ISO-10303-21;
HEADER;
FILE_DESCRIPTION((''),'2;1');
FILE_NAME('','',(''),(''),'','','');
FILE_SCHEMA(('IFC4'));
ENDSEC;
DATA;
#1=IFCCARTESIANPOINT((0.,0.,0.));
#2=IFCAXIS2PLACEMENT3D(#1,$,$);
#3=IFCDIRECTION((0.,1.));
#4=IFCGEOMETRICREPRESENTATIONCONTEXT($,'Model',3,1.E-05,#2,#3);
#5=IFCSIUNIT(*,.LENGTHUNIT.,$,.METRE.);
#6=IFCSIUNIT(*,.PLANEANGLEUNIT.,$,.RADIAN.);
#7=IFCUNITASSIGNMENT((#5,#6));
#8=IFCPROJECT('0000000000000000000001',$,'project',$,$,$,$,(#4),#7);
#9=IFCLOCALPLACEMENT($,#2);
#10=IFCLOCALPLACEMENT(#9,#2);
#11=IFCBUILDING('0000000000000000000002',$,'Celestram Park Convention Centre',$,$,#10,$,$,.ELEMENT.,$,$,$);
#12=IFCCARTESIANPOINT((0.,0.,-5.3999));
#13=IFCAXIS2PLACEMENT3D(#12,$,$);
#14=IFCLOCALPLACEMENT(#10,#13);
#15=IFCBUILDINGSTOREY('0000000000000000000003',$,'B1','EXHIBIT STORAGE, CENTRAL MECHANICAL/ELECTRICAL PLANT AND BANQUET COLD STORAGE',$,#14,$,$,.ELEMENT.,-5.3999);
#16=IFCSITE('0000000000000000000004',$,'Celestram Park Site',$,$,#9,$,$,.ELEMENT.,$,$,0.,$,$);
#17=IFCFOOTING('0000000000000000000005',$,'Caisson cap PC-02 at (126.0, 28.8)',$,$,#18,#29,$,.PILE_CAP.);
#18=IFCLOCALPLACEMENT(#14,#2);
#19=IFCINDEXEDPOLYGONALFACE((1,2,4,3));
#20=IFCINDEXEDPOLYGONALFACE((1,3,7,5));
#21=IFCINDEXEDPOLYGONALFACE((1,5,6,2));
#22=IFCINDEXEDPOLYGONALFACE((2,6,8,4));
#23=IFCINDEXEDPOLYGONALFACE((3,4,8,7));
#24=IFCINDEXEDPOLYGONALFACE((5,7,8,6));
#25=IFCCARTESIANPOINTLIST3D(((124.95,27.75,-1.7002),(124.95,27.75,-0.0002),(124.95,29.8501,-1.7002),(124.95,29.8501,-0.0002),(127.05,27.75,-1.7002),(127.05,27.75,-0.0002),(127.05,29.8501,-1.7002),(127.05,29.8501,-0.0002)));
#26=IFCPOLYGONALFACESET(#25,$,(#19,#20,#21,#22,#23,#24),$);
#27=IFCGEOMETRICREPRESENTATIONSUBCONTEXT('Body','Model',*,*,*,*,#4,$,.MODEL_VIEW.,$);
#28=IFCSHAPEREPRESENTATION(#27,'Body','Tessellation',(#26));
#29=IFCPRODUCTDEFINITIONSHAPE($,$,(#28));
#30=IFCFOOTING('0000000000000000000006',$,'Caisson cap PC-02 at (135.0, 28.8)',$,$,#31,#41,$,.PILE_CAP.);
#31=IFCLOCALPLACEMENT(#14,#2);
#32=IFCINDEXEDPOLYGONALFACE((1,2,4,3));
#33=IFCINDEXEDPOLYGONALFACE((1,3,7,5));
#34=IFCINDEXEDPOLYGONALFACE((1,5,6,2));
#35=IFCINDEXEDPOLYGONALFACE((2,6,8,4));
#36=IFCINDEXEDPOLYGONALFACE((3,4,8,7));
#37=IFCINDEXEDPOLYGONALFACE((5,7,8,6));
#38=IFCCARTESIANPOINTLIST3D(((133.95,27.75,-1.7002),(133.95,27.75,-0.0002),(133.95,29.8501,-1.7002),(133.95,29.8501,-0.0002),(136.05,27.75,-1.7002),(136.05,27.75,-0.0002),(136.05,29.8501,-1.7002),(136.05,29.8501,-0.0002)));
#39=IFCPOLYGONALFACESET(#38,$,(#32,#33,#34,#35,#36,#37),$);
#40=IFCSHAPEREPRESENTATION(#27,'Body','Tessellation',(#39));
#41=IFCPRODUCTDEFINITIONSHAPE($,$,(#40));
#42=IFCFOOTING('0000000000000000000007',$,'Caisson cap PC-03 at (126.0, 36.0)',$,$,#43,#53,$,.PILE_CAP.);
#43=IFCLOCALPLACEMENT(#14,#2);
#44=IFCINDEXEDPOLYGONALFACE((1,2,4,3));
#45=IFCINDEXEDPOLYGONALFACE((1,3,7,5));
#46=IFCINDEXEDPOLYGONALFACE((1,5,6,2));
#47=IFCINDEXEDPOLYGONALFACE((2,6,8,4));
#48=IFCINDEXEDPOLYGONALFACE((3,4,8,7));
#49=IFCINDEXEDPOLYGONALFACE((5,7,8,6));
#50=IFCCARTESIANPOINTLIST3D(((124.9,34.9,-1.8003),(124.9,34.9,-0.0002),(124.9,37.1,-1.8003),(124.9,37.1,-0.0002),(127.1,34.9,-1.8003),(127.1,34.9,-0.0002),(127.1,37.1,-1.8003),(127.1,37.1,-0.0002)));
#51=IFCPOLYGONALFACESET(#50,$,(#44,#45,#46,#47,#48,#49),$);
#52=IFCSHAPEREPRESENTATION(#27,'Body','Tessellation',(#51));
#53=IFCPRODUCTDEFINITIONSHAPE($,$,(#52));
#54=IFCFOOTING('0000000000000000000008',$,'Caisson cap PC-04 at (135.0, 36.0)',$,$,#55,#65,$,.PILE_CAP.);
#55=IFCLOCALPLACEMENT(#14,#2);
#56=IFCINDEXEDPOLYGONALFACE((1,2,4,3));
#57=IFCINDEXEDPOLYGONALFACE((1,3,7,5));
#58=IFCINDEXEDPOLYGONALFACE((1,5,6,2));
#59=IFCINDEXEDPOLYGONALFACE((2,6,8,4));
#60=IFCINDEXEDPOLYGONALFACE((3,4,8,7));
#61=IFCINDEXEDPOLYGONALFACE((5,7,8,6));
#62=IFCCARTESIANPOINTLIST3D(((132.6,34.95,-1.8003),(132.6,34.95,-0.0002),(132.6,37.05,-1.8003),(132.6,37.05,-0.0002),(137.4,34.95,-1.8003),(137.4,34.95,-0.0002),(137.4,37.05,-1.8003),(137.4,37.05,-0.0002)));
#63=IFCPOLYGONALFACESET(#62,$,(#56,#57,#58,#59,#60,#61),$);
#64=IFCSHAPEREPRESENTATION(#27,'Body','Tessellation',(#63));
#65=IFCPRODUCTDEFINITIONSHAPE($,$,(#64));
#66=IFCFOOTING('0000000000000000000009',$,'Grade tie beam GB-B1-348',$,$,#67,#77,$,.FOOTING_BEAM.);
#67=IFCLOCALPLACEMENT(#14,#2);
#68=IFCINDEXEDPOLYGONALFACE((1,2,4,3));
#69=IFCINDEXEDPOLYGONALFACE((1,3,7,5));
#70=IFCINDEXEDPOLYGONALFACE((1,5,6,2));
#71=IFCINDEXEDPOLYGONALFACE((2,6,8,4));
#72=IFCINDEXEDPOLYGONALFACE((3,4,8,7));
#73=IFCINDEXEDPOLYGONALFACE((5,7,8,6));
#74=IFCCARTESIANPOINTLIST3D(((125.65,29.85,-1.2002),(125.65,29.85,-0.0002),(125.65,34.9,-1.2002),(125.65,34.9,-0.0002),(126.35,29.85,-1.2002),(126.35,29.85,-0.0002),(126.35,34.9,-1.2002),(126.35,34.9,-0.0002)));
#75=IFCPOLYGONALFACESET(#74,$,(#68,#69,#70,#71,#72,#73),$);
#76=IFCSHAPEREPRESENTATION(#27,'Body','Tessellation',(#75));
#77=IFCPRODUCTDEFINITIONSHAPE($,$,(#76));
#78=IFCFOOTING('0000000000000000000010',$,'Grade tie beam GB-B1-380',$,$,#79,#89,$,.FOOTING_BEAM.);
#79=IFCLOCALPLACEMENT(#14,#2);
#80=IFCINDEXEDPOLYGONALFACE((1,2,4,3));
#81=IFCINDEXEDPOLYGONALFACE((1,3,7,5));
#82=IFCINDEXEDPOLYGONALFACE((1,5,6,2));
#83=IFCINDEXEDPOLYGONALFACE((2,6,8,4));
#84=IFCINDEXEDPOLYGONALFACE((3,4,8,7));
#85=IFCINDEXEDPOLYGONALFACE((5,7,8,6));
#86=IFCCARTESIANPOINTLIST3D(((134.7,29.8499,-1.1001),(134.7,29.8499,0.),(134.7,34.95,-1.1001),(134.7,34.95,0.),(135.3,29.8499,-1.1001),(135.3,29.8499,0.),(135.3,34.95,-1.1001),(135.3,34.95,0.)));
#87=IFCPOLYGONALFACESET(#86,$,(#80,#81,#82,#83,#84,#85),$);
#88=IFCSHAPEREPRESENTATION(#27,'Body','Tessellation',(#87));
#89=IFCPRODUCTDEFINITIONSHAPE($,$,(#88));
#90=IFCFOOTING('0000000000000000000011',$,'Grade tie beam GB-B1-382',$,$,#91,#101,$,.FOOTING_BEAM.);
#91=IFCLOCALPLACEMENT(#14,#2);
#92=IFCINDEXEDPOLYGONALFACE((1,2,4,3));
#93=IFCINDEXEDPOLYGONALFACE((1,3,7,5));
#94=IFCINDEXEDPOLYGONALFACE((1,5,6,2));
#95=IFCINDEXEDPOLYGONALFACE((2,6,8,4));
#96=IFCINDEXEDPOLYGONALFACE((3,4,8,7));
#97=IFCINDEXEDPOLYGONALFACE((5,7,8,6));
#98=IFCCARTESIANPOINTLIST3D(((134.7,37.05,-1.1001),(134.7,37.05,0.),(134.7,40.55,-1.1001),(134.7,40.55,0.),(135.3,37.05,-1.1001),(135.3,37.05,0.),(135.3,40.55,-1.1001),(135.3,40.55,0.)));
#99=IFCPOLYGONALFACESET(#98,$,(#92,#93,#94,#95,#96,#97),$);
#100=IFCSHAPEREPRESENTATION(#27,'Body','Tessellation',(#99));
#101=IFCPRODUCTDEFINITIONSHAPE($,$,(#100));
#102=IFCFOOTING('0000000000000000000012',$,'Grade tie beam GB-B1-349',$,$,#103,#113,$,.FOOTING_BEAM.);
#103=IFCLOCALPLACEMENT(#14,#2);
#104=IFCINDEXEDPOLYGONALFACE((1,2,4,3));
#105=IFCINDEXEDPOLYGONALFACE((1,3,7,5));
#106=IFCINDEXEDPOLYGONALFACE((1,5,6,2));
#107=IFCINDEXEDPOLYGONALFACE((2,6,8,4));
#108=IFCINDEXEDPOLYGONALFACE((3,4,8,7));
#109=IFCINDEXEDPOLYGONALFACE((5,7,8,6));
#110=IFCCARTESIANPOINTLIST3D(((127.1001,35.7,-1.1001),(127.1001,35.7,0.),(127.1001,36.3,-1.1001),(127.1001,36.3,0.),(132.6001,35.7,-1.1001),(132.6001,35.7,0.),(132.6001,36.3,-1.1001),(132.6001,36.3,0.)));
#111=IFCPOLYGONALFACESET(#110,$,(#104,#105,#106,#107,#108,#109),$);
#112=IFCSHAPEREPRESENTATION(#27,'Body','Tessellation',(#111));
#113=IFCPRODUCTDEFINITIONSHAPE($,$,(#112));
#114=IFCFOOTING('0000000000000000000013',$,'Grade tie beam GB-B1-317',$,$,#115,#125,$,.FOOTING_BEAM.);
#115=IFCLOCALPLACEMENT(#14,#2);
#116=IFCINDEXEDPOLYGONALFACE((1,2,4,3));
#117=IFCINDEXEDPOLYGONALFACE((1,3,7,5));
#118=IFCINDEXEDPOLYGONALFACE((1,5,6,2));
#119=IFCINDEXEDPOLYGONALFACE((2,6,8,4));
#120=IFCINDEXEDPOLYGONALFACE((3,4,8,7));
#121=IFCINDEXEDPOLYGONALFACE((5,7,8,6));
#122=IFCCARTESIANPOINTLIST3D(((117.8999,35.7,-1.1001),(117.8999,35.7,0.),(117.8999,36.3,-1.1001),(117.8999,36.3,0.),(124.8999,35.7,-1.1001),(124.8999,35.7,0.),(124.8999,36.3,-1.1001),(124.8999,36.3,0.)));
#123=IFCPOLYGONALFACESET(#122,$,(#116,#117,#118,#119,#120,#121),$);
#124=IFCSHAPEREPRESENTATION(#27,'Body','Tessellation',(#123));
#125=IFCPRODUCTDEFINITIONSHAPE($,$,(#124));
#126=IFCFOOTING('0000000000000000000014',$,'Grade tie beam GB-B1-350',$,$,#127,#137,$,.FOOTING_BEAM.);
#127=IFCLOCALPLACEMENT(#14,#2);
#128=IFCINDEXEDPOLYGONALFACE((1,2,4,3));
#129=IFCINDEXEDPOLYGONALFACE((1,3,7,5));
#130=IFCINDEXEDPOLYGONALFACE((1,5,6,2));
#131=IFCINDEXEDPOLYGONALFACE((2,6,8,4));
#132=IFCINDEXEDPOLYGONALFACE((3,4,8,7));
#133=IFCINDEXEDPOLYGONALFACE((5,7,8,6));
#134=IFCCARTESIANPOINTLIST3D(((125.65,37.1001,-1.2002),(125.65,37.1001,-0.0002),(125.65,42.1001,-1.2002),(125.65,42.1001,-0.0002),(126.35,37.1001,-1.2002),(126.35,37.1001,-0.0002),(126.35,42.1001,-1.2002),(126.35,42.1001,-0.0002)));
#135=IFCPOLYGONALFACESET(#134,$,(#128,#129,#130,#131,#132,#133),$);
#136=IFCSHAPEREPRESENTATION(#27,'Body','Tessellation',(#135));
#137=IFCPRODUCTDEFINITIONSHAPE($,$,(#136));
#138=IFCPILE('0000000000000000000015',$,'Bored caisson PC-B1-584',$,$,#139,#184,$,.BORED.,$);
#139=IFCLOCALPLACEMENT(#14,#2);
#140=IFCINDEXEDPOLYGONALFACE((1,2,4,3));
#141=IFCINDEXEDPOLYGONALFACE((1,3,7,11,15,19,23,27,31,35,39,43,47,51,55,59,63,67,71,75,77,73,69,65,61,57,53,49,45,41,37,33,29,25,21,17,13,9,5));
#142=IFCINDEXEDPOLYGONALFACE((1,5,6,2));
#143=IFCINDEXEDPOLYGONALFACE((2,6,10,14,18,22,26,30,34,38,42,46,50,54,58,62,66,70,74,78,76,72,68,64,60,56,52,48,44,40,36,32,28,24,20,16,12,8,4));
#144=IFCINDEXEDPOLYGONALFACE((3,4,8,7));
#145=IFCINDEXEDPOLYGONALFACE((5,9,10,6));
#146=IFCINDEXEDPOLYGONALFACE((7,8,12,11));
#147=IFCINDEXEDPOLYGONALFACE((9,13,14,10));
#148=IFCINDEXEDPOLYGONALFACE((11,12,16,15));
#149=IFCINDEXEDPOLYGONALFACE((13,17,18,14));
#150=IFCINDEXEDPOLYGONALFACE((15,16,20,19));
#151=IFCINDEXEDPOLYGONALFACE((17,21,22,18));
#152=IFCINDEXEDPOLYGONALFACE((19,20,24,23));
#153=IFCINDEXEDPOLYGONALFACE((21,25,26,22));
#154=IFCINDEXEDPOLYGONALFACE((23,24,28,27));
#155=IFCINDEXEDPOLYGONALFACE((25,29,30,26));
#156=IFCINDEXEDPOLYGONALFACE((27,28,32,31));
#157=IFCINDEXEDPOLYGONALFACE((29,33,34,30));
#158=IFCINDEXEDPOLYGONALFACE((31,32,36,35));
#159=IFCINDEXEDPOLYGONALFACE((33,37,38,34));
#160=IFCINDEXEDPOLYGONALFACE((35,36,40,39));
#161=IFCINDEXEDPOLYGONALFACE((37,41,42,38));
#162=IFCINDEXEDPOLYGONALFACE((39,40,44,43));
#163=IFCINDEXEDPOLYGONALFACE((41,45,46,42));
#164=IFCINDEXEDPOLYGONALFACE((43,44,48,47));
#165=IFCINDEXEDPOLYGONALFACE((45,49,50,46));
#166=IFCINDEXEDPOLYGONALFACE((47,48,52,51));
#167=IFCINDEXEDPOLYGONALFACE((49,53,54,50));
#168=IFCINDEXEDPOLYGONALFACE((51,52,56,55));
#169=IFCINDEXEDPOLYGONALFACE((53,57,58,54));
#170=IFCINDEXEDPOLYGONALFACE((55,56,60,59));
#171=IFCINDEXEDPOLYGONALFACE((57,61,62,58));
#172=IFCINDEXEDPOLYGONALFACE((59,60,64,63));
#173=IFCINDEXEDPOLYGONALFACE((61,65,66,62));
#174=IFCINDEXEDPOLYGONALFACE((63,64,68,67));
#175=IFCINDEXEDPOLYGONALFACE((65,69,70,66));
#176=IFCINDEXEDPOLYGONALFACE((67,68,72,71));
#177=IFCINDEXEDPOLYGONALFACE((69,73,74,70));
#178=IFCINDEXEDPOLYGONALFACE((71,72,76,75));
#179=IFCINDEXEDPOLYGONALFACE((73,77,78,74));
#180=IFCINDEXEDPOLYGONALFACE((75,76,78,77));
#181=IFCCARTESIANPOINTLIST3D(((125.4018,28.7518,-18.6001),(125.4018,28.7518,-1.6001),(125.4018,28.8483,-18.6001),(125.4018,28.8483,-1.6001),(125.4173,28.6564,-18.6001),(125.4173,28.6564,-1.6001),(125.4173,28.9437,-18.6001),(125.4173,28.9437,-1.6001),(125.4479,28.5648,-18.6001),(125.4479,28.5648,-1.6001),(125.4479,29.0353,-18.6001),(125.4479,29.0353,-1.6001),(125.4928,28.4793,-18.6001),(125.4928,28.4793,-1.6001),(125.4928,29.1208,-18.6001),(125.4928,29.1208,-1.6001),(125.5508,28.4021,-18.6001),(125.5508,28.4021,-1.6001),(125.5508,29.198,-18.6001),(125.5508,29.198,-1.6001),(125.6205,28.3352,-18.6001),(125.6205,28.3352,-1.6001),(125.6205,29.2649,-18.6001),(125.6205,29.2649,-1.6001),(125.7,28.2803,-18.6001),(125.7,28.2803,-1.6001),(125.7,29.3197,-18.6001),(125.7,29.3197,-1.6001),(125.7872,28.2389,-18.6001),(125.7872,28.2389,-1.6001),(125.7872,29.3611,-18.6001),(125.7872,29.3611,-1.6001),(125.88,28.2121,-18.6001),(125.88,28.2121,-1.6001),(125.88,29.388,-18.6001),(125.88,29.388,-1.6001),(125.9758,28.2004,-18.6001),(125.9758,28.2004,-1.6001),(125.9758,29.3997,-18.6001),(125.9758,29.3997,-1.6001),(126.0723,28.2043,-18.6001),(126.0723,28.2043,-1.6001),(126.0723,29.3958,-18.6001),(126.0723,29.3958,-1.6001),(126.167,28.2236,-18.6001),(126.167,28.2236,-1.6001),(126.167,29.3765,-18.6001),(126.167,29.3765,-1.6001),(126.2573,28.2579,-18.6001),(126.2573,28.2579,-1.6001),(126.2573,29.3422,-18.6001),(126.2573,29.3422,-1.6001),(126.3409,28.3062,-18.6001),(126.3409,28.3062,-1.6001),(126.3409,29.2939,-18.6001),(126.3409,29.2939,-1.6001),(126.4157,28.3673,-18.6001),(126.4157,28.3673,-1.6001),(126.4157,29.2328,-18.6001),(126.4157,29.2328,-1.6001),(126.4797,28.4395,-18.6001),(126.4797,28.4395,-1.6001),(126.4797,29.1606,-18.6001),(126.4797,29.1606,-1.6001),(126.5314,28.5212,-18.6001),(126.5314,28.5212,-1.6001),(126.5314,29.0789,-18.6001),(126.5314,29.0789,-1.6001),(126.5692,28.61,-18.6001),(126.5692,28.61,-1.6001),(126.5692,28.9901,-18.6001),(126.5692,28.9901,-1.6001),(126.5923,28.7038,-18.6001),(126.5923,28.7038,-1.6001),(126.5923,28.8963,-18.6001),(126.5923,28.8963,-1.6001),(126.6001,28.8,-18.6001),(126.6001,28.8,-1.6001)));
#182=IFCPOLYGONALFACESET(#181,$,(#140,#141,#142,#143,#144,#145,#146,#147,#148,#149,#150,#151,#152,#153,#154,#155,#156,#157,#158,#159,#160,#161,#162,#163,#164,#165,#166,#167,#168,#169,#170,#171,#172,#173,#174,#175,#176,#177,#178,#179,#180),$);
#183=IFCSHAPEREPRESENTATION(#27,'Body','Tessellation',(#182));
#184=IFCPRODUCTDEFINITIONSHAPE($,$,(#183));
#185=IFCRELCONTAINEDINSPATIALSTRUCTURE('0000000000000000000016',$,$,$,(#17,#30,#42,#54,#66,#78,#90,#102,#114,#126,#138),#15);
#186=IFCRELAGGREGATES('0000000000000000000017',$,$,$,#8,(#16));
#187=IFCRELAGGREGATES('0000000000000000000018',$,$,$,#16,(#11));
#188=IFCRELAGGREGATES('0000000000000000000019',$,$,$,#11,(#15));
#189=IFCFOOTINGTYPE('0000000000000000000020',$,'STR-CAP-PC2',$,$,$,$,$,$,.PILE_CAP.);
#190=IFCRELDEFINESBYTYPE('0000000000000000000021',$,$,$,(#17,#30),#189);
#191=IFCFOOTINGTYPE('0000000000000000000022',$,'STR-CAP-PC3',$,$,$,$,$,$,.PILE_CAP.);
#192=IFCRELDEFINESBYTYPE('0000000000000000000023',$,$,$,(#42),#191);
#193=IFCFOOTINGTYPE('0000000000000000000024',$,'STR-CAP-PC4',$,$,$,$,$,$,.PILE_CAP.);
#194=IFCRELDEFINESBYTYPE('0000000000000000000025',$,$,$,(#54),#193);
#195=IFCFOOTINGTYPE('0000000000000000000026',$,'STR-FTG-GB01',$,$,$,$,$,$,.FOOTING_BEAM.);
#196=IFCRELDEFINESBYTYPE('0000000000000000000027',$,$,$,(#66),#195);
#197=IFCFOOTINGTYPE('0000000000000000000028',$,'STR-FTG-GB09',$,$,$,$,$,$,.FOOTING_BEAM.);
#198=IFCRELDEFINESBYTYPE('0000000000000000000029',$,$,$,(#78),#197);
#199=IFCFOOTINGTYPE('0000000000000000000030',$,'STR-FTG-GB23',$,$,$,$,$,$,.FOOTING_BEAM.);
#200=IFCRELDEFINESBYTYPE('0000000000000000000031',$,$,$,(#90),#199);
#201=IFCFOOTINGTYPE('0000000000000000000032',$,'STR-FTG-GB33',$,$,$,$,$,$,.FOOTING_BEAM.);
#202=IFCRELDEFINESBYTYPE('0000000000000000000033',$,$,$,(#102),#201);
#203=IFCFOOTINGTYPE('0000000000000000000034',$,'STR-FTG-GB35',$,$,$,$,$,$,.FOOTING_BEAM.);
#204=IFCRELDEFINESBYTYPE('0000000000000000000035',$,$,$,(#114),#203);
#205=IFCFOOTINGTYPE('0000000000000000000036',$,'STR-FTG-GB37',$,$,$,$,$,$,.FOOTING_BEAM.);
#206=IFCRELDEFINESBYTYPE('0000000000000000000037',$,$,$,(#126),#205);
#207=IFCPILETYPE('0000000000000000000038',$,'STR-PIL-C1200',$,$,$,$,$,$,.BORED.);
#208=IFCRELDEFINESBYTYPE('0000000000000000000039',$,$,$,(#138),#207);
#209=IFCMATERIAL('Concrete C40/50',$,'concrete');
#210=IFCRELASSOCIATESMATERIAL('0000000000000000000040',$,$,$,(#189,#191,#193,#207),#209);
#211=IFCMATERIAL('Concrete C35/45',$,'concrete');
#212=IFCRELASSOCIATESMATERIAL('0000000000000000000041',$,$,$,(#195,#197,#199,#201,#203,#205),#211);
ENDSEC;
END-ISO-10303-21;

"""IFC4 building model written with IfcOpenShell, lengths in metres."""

from ifc_helpers import new_model, si_unit, direction, frame, origin, origin_2d, place, context, subcontext, project, spatial, rectangle, circle, extrude, material, material_profile, profile_set, type_object, element, save


model = new_model("IFC4")

# Units and contexts
model_context = context("Model", 3, precision=1e-05, world=origin(), true_north=direction((0.0, 1.0)))
body_context = subcontext(model_context, "Body", "Model", "MODEL_VIEW")
ifc_project = project(units=[si_unit("LENGTHUNIT", "METRE"), si_unit("PLANEANGLEUNIT", "RADIAN")], contexts=[model_context])

# Site, building, storey
site_placement = place(None, origin())
site = spatial("IfcSite", under=ifc_project, at=site_placement, Name="Celestram Park Site", CompositionType="ELEMENT", RefElevation=0.0)
building_placement = place(site_placement, origin())
building = spatial("IfcBuilding", under=site, at=building_placement, Name="Celestram Park Convention Centre", CompositionType="ELEMENT")
storey_placement = place(building_placement, frame((0.0, 0.0, -5.3999)))
storey = spatial("IfcBuildingStorey", under=building, at=storey_placement, Name="B1", Description="EXHIBIT STORAGE, CENTRAL MECHANICAL/ELECTRICAL PLANT AND BANQUET COLD STORAGE", CompositionType="ELEMENT", Elevation=-5.3999)

# Footings
ifc_material_1 = material(Name="Concrete C40/50", Category="concrete")
footing_type_1 = type_object("IfcFootingType", Name="STR-CAP-PC2", PredefinedType="PILE_CAP", material=ifc_material_1)
for number, where, z_axis, x_axis, name in (
    (1, (126.0, 28.8, -1.7002), (0.0, 0.0, 1.0), (1.0, 0.0, 0.0), "Caisson cap PC-02 at (126.0, 28.8)"),
    (2, (135.0, 28.8, -1.7002), (0.0, 0.0, 1.0), (1.0, 0.0, 0.0), "Caisson cap PC-02 at (135.0, 28.8)"),
):
    element("IfcFooting", number, at=place(storey_placement, frame(where, z_axis=z_axis, x_axis=x_axis)), inside=storey, type_object=footing_type_1, Name=name, PredefinedType="PILE_CAP", context=body_context, shape_type="SweptSolid", body=[
        extrude(rectangle(XDim=2.1001, YDim=2.1001, at=origin_2d()), origin(), (0.0, 0.0, 1.0), 1.7),
    ])
footing_type_2 = type_object("IfcFootingType", Name="STR-CAP-PC3", PredefinedType="PILE_CAP", material=ifc_material_1)
footing_1_placement = place(storey_placement, frame((126.0, 36.0, -1.8003), z_axis=(0.0, 0.0, 1.0), x_axis=(1.0, 0.0, 0.0)))
element("IfcFooting", 3, at=footing_1_placement, inside=storey, type_object=footing_type_2, Name="Caisson cap PC-03 at (126.0, 36.0)", PredefinedType="PILE_CAP", context=body_context, shape_type="SweptSolid", body=[
    extrude(rectangle(XDim=2.2, YDim=2.2, at=origin_2d()), origin(), (0.0, 0.0, 1.0), 1.8),
])
footing_type_3 = type_object("IfcFootingType", Name="STR-CAP-PC4", PredefinedType="PILE_CAP", material=ifc_material_1)
footing_2_placement = place(storey_placement, frame((135.0, 36.0, -1.8003), z_axis=(0.0, 0.0, 1.0), x_axis=(1.0, 0.0, 0.0)))
element("IfcFooting", 4, at=footing_2_placement, inside=storey, type_object=footing_type_3, Name="Caisson cap PC-04 at (135.0, 36.0)", PredefinedType="PILE_CAP", context=body_context, shape_type="SweptSolid", body=[
    extrude(rectangle(XDim=4.8, YDim=2.1001, at=origin_2d()), origin(), (0.0, 0.0, 1.0), 1.8),
])
ifc_material_2 = material(Name="Concrete C35/45", Category="concrete")
footing_type_4 = type_object("IfcFootingType", Name="STR-FTG-GB01", PredefinedType="FOOTING_BEAM", material=ifc_material_2)
footing_3_placement = place(storey_placement, frame((126.0, 32.375, -1.2002), z_axis=(0.0, 0.0, 1.0), x_axis=(0.0, 1.0, 0.0)))
element("IfcFooting", 5, at=footing_3_placement, inside=storey, type_object=footing_type_4, Name="Grade tie beam GB-B1-348", PredefinedType="FOOTING_BEAM", context=body_context, shape_type="SweptSolid", body=[
    extrude(rectangle(XDim=5.05, YDim=0.7, at=origin_2d()), origin(), (0.0, 0.0, 1.0), 1.2),
])
footing_type_5 = type_object("IfcFootingType", Name="STR-FTG-GB09", PredefinedType="FOOTING_BEAM", material=ifc_material_2)
footing_4_placement = place(storey_placement, frame((135.0, 32.3999, -1.1001), z_axis=(0.0, 0.0, 1.0), x_axis=(0.0, 1.0, 0.0)))
element("IfcFooting", 6, at=footing_4_placement, inside=storey, type_object=footing_type_5, Name="Grade tie beam GB-B1-380", PredefinedType="FOOTING_BEAM", context=body_context, shape_type="SweptSolid", body=[
    extrude(rectangle(XDim=5.1001, YDim=0.6001, at=origin_2d()), origin(), (0.0, 0.0, 1.0), 1.1001),
])
footing_type_6 = type_object("IfcFootingType", Name="STR-FTG-GB23", PredefinedType="FOOTING_BEAM", material=ifc_material_2)
footing_5_placement = place(storey_placement, frame((135.0, 38.8, -1.1001), z_axis=(0.0, 0.0, 1.0), x_axis=(0.0, 1.0, 0.0)))
element("IfcFooting", 7, at=footing_5_placement, inside=storey, type_object=footing_type_6, Name="Grade tie beam GB-B1-382", PredefinedType="FOOTING_BEAM", context=body_context, shape_type="SweptSolid", body=[
    extrude(rectangle(XDim=3.5, YDim=0.6001, at=origin_2d()), origin(), (0.0, 0.0, 1.0), 1.1001),
])
footing_type_7 = type_object("IfcFootingType", Name="STR-FTG-GB33", PredefinedType="FOOTING_BEAM", material=ifc_material_2)
footing_6_placement = place(storey_placement, frame((129.8501, 36.0, -1.1001), z_axis=(0.0, 0.0, 1.0), x_axis=(1.0, 0.0, 0.0)))
element("IfcFooting", 8, at=footing_6_placement, inside=storey, type_object=footing_type_7, Name="Grade tie beam GB-B1-349", PredefinedType="FOOTING_BEAM", context=body_context, shape_type="SweptSolid", body=[
    extrude(rectangle(XDim=5.5, YDim=0.6001, at=origin_2d()), origin(), (0.0, 0.0, 1.0), 1.1001),
])
footing_type_8 = type_object("IfcFootingType", Name="STR-FTG-GB35", PredefinedType="FOOTING_BEAM", material=ifc_material_2)
footing_7_placement = place(storey_placement, frame((121.3999, 36.0, -1.1001), z_axis=(0.0, 0.0, 1.0), x_axis=(1.0, 0.0, 0.0)))
element("IfcFooting", 9, at=footing_7_placement, inside=storey, type_object=footing_type_8, Name="Grade tie beam GB-B1-317", PredefinedType="FOOTING_BEAM", context=body_context, shape_type="SweptSolid", body=[
    extrude(rectangle(XDim=7.0, YDim=0.6001, at=origin_2d()), origin(), (0.0, 0.0, 1.0), 1.1001),
])
footing_type_9 = type_object("IfcFootingType", Name="STR-FTG-GB37", PredefinedType="FOOTING_BEAM", material=ifc_material_2)
footing_8_placement = place(storey_placement, frame((126.0, 39.6001, -1.2002), z_axis=(0.0, 0.0, 1.0), x_axis=(0.0, 1.0, 0.0)))
element("IfcFooting", 10, at=footing_8_placement, inside=storey, type_object=footing_type_9, Name="Grade tie beam GB-B1-350", PredefinedType="FOOTING_BEAM", context=body_context, shape_type="SweptSolid", body=[
    extrude(rectangle(XDim=5.0, YDim=0.7, at=origin_2d()), origin(), (0.0, 0.0, 1.0), 1.2),
])

# Pile
ifc_material_profile_1 = material_profile(ifc_material_1, circle(Radius=0.6001, at=origin_2d()), Name="CAISSON1200")
ifc_profile_set_1 = profile_set([ifc_material_profile_1], Name="Concrete C40/50")
pile_type_1 = type_object("IfcPileType", Name="STR-PIL-C1200", PredefinedType="BORED", material=ifc_profile_set_1)
for number, where, z_axis, x_axis, name in (
    (11, (126.0, 28.8, -1.6001), (0.0, 0.0, -1.0), (1.0, 0.0, 0.0), "Bored caisson PC-B1-584"),
):
    element("IfcPile", number, at=place(storey_placement, frame(where, z_axis=z_axis, x_axis=x_axis)), inside=storey, type_object=pile_type_1, Name=name, PredefinedType="BORED", context=body_context, shape_type="SweptSolid", body=[
        extrude(circle(Radius=0.6001, at=origin_2d()), origin(), (0.0, 0.0, 1.0), 17.0),
    ])

save(model, "model.ifc")
